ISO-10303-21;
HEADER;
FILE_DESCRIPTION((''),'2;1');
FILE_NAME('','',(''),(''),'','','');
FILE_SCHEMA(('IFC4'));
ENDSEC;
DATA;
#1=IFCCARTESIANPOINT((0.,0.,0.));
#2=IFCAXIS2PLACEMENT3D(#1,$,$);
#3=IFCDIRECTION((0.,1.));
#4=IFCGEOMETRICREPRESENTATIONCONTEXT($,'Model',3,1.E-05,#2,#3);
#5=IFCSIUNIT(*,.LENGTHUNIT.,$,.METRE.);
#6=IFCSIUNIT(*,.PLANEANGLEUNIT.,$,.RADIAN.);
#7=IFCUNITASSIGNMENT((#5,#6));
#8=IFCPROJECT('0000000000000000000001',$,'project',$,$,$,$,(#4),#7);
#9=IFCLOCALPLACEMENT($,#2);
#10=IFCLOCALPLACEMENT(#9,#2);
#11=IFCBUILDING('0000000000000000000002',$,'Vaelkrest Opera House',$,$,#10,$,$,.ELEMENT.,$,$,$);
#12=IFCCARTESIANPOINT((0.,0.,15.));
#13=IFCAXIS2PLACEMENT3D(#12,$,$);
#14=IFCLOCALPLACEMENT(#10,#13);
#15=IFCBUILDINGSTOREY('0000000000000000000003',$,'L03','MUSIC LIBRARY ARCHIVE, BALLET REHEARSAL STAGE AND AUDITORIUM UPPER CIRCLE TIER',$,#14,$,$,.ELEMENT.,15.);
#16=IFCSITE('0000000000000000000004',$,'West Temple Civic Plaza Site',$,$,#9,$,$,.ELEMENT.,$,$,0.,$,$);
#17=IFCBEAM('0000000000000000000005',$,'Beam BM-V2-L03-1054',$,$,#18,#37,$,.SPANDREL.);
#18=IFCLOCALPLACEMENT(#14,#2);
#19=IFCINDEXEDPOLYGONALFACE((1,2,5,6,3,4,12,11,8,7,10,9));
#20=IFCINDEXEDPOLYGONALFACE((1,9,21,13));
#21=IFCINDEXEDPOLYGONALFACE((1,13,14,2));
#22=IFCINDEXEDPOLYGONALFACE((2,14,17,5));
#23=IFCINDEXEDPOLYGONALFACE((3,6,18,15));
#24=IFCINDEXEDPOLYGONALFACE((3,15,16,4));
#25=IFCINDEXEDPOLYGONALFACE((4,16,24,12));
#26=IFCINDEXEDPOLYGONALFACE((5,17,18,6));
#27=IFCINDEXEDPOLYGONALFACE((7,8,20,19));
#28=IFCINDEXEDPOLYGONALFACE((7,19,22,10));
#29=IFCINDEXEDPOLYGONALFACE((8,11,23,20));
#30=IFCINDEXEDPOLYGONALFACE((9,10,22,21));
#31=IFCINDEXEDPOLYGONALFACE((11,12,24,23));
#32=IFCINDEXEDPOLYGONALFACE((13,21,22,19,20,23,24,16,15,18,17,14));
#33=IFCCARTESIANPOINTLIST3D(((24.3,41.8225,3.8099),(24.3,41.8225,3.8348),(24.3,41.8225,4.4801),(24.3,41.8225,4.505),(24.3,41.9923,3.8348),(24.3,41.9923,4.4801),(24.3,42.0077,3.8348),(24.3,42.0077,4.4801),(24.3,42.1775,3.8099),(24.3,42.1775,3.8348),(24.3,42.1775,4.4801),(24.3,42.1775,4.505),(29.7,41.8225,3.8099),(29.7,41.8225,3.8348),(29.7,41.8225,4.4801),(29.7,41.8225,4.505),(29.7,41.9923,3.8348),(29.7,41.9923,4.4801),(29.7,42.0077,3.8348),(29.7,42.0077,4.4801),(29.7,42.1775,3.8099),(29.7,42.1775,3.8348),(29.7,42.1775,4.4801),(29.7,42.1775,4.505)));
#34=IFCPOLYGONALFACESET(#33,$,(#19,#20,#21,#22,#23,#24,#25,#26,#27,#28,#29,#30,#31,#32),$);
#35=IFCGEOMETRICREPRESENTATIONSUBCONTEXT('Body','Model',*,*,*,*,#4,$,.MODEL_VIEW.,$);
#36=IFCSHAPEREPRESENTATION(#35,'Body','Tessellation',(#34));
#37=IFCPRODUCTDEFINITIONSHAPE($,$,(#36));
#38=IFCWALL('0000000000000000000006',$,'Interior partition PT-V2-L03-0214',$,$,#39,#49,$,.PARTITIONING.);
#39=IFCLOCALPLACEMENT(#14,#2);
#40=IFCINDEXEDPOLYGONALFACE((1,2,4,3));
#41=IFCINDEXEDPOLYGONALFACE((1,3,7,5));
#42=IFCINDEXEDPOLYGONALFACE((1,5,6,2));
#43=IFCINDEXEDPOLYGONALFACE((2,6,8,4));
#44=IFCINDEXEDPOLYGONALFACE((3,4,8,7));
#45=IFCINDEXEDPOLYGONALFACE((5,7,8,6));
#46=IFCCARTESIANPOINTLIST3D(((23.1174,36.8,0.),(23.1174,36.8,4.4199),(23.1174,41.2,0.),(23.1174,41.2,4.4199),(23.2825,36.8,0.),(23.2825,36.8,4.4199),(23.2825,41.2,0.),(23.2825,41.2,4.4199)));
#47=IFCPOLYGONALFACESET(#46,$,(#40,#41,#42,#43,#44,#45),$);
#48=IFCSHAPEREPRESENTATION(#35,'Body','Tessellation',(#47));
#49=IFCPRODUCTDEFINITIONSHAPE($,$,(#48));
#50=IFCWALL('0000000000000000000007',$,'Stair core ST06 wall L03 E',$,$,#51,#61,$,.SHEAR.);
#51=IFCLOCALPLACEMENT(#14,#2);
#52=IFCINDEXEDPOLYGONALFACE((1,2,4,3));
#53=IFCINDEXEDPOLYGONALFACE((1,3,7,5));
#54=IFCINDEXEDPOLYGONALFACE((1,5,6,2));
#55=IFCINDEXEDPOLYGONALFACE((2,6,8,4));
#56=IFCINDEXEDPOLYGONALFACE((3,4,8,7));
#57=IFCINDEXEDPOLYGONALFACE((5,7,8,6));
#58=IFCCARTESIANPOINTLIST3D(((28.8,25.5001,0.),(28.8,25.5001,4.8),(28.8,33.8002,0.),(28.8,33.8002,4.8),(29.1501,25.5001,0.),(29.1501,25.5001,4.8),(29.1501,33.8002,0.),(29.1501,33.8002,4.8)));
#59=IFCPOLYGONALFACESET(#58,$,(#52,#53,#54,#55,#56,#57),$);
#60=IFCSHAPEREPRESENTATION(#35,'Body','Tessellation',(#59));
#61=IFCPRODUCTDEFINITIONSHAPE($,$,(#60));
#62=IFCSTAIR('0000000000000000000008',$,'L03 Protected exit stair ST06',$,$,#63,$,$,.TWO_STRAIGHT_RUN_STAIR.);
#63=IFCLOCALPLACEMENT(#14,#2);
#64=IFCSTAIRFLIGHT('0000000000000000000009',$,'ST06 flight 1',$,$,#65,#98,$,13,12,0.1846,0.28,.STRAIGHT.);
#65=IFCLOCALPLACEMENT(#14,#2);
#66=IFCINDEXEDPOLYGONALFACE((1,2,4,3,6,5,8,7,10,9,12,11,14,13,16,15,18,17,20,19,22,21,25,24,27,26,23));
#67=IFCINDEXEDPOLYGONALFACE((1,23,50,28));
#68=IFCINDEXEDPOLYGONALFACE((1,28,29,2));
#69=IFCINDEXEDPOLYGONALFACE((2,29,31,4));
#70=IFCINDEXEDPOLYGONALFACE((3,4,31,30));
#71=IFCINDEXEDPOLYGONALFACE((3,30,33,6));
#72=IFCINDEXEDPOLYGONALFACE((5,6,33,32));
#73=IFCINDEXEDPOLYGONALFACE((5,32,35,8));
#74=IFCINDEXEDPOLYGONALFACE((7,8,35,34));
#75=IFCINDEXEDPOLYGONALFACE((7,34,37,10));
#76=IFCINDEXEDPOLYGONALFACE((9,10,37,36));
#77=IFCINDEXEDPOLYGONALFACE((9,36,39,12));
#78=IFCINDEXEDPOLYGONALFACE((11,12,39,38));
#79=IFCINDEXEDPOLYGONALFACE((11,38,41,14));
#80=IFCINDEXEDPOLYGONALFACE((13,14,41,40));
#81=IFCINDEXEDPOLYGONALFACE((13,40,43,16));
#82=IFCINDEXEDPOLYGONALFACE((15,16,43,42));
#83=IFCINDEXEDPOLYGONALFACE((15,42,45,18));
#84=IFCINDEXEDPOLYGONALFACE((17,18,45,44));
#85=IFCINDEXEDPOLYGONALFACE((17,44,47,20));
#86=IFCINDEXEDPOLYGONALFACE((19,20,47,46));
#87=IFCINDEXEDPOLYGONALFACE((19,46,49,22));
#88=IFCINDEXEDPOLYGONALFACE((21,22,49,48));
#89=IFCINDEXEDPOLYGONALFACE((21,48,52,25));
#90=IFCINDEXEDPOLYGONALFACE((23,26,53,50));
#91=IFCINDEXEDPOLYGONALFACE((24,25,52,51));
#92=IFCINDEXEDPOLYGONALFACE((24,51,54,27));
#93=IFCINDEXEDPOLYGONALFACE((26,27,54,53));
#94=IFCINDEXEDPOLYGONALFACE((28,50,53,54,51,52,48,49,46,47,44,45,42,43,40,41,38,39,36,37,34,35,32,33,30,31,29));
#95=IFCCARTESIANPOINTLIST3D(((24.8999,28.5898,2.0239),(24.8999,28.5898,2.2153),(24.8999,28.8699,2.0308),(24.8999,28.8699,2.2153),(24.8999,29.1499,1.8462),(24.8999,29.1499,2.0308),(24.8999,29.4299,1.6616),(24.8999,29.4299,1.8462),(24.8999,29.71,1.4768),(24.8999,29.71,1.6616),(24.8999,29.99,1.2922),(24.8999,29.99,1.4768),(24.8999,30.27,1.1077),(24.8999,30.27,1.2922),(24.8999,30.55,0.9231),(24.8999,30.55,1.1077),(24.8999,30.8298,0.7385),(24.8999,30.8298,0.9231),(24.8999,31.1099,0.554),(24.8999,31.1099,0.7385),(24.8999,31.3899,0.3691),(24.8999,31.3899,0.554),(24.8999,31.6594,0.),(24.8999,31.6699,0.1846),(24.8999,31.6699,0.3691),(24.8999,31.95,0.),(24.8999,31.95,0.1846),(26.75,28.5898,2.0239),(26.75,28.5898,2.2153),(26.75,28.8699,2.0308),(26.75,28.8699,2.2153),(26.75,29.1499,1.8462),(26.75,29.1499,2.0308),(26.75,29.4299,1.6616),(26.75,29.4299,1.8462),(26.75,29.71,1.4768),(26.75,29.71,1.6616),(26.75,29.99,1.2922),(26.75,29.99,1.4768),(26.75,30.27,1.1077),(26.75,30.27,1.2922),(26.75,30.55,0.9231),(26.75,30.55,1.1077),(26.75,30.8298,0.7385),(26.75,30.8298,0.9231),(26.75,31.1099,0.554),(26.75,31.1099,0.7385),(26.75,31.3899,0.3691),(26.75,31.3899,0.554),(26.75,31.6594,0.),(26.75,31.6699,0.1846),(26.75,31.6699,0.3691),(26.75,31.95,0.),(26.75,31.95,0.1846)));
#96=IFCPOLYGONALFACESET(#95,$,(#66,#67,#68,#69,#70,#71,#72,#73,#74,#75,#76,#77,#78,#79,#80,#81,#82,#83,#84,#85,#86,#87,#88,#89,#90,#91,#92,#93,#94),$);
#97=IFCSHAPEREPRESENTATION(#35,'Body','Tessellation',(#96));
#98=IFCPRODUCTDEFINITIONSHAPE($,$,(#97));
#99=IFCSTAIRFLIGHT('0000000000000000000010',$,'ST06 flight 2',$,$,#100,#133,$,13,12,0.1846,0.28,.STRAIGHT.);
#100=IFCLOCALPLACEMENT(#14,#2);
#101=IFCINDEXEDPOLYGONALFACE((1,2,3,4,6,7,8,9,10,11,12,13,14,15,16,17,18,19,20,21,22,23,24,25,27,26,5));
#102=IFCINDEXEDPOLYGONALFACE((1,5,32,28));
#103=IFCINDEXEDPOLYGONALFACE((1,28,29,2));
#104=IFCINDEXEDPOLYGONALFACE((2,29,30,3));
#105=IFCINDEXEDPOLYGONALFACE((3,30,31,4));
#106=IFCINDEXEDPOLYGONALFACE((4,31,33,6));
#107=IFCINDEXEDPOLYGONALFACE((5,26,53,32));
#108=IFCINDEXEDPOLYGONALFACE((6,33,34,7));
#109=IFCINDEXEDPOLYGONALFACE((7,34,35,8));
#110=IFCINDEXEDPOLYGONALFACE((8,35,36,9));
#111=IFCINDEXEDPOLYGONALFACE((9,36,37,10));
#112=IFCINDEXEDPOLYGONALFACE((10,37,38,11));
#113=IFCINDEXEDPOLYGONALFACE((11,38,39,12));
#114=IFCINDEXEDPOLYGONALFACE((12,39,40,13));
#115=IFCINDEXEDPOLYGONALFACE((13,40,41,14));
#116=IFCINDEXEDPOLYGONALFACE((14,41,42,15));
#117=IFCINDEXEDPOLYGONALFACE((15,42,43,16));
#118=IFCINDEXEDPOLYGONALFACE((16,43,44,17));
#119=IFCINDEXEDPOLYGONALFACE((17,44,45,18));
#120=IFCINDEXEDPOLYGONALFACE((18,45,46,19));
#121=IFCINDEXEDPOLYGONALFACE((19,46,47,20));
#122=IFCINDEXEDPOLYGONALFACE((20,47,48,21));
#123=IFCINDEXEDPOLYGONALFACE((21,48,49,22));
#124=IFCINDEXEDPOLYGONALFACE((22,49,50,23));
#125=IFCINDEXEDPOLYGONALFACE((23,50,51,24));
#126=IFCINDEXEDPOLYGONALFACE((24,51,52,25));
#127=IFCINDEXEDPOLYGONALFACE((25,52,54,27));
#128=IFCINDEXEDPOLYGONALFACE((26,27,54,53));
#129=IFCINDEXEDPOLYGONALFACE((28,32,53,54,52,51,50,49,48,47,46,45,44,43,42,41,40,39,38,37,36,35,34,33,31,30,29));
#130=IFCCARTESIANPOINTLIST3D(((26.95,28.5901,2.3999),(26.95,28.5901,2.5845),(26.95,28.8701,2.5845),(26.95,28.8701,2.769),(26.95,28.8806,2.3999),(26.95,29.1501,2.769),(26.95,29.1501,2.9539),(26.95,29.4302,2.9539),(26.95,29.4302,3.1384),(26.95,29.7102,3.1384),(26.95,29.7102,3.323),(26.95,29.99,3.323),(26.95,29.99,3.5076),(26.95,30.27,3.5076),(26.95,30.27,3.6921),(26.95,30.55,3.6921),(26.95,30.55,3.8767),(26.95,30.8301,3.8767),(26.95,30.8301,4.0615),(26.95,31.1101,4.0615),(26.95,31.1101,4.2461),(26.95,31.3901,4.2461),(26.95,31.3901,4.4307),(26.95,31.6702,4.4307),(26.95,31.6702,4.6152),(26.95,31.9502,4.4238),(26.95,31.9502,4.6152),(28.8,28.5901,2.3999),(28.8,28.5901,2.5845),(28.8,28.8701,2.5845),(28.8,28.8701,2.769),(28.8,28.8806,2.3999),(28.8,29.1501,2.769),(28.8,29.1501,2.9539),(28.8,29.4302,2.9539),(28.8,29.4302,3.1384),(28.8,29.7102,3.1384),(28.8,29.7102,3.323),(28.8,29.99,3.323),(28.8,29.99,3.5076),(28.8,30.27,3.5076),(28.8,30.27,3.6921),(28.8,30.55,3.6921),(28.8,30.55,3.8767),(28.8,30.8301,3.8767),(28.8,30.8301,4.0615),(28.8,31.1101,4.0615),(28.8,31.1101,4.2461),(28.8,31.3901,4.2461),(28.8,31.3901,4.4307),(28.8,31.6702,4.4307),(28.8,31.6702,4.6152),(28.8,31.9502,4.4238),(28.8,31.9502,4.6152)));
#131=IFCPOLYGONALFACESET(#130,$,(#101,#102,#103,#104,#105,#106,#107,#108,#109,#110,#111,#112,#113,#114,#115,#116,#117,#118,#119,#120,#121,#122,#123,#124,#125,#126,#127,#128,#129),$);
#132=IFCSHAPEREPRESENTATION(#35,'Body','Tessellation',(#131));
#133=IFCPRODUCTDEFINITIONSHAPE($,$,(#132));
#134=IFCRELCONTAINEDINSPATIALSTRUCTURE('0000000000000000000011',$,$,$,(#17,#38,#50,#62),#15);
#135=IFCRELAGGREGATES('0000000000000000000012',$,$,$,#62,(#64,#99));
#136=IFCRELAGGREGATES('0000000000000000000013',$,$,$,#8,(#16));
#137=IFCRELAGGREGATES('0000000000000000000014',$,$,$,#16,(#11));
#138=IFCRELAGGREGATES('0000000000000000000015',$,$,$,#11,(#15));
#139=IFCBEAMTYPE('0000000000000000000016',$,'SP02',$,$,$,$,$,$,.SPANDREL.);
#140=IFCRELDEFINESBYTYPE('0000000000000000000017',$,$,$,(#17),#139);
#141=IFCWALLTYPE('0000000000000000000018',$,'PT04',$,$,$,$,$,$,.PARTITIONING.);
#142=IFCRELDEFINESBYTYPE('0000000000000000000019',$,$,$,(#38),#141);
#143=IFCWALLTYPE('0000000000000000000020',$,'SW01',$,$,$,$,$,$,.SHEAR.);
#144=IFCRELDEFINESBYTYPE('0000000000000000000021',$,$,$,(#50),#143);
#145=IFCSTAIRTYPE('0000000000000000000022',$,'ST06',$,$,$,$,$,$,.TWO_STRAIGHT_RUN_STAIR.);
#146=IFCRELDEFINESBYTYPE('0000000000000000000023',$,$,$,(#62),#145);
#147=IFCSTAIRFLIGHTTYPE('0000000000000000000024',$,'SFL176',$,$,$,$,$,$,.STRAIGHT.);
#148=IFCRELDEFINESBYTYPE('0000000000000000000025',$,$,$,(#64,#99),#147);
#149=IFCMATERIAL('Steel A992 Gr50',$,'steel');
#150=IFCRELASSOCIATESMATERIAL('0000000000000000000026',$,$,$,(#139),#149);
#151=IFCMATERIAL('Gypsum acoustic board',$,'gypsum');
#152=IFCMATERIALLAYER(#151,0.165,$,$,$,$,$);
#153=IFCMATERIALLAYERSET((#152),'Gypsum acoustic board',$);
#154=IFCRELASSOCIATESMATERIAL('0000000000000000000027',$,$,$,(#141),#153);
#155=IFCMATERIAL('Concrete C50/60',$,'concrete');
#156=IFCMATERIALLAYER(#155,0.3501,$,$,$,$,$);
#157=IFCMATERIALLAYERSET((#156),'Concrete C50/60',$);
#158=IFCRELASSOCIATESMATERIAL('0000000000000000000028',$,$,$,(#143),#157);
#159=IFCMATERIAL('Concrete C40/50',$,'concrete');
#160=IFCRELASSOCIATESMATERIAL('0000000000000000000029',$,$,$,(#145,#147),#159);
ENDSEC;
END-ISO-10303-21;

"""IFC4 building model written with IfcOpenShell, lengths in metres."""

from ifc_helpers import new_model, si_unit, direction, frame, frame_2d, origin, origin_2d, place, context, subcontext, project, spatial, polyline, rectangle, i_section, outline, extrude, material, layer, layer_set, material_profile, profile_set, type_object, element, aggregate, save


model = new_model("IFC4")

# Units and contexts
model_context = context("Model", 3, precision=1e-05, world=origin(), true_north=direction((0.0, 1.0)))
body_context = subcontext(model_context, "Body", "Model", "MODEL_VIEW")
ifc_project = project(units=[si_unit("LENGTHUNIT", "METRE"), si_unit("PLANEANGLEUNIT", "RADIAN")], contexts=[model_context])

# Site, building, storey
site_placement = place(None, origin())
site = spatial("IfcSite", under=ifc_project, at=site_placement, Name="West Temple Civic Plaza Site", CompositionType="ELEMENT", RefElevation=0.0)
building_placement = place(site_placement, origin())
building = spatial("IfcBuilding", under=site, at=building_placement, Name="Vaelkrest Opera House", CompositionType="ELEMENT")
storey_placement = place(building_placement, frame((0.0, 0.0, 15.0)))
storey = spatial("IfcBuildingStorey", under=building, at=storey_placement, Name="L03", Description="MUSIC LIBRARY ARCHIVE, BALLET REHEARSAL STAGE AND AUDITORIUM UPPER CIRCLE TIER", CompositionType="ELEMENT", Elevation=15.0)

# Shared definitions
ifc_material_1 = material(Name="Concrete C50/60", Category="concrete")

# Beam
ifc_material_2 = material(Name="Steel A992 Gr50", Category="steel")
ifc_material_profile_1 = material_profile(ifc_material_2, i_section(OverallWidth=0.355, OverallDepth=0.6951, WebThickness=0.0154, FlangeThickness=0.0249, at=origin_2d()), Name="W27X146")
ifc_profile_set_1 = profile_set([ifc_material_profile_1], Name="Steel A992 Gr50")
beam_type_1 = type_object("IfcBeamType", Name="SP02", PredefinedType="SPANDREL", material=ifc_profile_set_1)
for number, where, z_axis, x_axis, name in (
    (1, (24.3, 42.0, 4.1575), (1.0, 0.0, 0.0), (0.0, 1.0, 0.0), "Beam BM-V2-L03-1054"),
):
    element("IfcBeam", number, at=place(storey_placement, frame(where, z_axis=z_axis, x_axis=x_axis)), inside=storey, type_object=beam_type_1, Name=name, PredefinedType="SPANDREL", context=body_context, shape_type="SweptSolid", body=[
        extrude(i_section(OverallWidth=0.355, OverallDepth=0.6951, WebThickness=0.0154, FlangeThickness=0.0249, at=origin_2d()), origin(), (0.0, 0.0, 1.0), 5.3999),
    ])

# Wall
ifc_material_3 = material(Name="Gypsum acoustic board", Category="gypsum")
ifc_layer_1 = layer(ifc_material_3, 0.165)
ifc_layer_set_1 = layer_set([ifc_layer_1], Name="Gypsum acoustic board")
wall_type_1 = type_object("IfcWallType", Name="PT04", PredefinedType="PARTITIONING", material=ifc_layer_set_1)
wall_1_placement = place(storey_placement, frame((23.2, 36.8, 0.0), z_axis=(0.0, 0.0, 1.0), x_axis=(0.0, 1.0, 0.0)))
element("IfcWall", 2, at=wall_1_placement, inside=storey, type_object=wall_type_1, Name="Interior partition PT-V2-L03-0214", PredefinedType="PARTITIONING", context=body_context, shape_type="SweptSolid", body=[
    extrude(rectangle(XDim=4.3999, YDim=0.165, at=frame_2d((2.2, 0.0))), origin(), (0.0, 0.0, 1.0), 4.4199),
])

# Shared definitions
ifc_layer_2 = layer(ifc_material_1, 0.3501)
ifc_layer_set_2 = layer_set([ifc_layer_2], Name="Concrete C50/60")
wall_type_2 = type_object("IfcWallType", Name="SW01", PredefinedType="SHEAR", material=ifc_layer_set_2)

# Wall
wall_2_placement = place(storey_placement, frame((28.9751, 33.8, 0.0), z_axis=(0.0, 0.0, 1.0), x_axis=(0.0, -1.0, 0.0)))
element("IfcWall", 3, at=wall_2_placement, inside=storey, type_object=wall_type_2, Name="Stair core ST06 wall L03 E", PredefinedType="SHEAR", context=body_context, shape_type="SweptSolid", body=[
    extrude(rectangle(XDim=8.3, YDim=0.3501, at=frame_2d((4.1499, 0.0))), origin(), (0.0, 0.0, 1.0), 4.8),
])

# Stair, stair flights
ifc_material_4 = material(Name="Concrete C40/50", Category="concrete")
stair_type = type_object("IfcStairType", Name="ST06", PredefinedType="TWO_STRAIGHT_RUN_STAIR", material=ifc_material_4)
stair_placement = place(storey_placement, origin())
stair = element("IfcStair", 4, at=stair_placement, inside=storey, type_object=stair_type, Name="L03 Protected exit stair ST06", PredefinedType="TWO_STRAIGHT_RUN_STAIR")
stair_flight_type = type_object("IfcStairFlightType", Name="SFL176", PredefinedType="STRAIGHT", material=ifc_material_4)
stair_flight_1_placement = place(storey_placement, frame((25.825, 31.95, 0.0), z_axis=(0.0, 0.0, 1.0), x_axis=(0.0, -1.0, 0.0)))
stair_flight_1 = element("IfcStairFlight", 5, at=stair_flight_1_placement, type_object=stair_flight_type, Name="ST06 flight 1", NumberOfRisers=13, NumberOfTreads=12, PredefinedType="STRAIGHT", RiserHeight=0.1846, TreadLength=0.28, context=body_context, shape_type="SweptSolid", body=[
    extrude(outline(polyline([(0.0, 0.0), (0.0, 0.1846), (0.28, 0.1846), (0.28, 0.3691), (0.5601, 0.3691), (0.5601, 0.554), (0.8401, 0.554), (0.8401, 0.7385), (1.1201, 0.7385), (1.1201, 0.9231), (1.3999, 0.9231), (1.3999, 1.1077), (1.6799, 1.1077), (1.6799, 1.2922), (1.96, 1.2922), (1.96, 1.4768), (2.24, 1.4768), (2.24, 1.6616), (2.52, 1.6616), (2.52, 1.8462), (2.8, 1.8462), (2.8, 2.0308), (3.0801, 2.0308), (3.0801, 2.2153), (3.3601, 2.2153), (3.3601, 2.3999), (3.3601, 2.0239), (0.2905, 0.0), (0.0, 0.0)])), frame((0.0, 0.925, 0.0), z_axis=(0.0, -1.0, 0.0), x_axis=(1.0, 0.0, 0.0)), (0.0, 0.0, 1.0), 1.8501),
])
stair_flight_2_placement = place(storey_placement, frame((27.875, 28.5901, 2.3999), z_axis=(0.0, 0.0, 1.0), x_axis=(0.0, 1.0, 0.0)))
stair_flight_2 = element("IfcStairFlight", 6, at=stair_flight_2_placement, type_object=stair_flight_type, Name="ST06 flight 2", NumberOfRisers=13, NumberOfTreads=12, PredefinedType="STRAIGHT", RiserHeight=0.1846, TreadLength=0.28, context=body_context, shape_type="SweptSolid", body=[
    extrude(outline(polyline([(0.0, 0.0), (0.0, 0.1846), (0.28, 0.1846), (0.28, 0.3691), (0.5601, 0.3691), (0.5601, 0.554), (0.8401, 0.554), (0.8401, 0.7385), (1.1201, 0.7385), (1.1201, 0.9231), (1.3999, 0.9231), (1.3999, 1.1077), (1.6799, 1.1077), (1.6799, 1.2922), (1.96, 1.2922), (1.96, 1.4768), (2.24, 1.4768), (2.24, 1.6616), (2.52, 1.6616), (2.52, 1.8462), (2.8, 1.8462), (2.8, 2.0308), (3.0801, 2.0308), (3.0801, 2.2153), (3.3601, 2.2153), (3.3601, 2.3999), (3.3601, 2.0239), (0.2905, 0.0), (0.0, 0.0)])), frame((0.0, 0.925, 0.0), z_axis=(0.0, -1.0, 0.0), x_axis=(1.0, 0.0, 0.0)), (0.0, 0.0, 1.0), 1.8501),
])
aggregate(stair, [stair_flight_1, stair_flight_2])

save(model, "model.ifc")
